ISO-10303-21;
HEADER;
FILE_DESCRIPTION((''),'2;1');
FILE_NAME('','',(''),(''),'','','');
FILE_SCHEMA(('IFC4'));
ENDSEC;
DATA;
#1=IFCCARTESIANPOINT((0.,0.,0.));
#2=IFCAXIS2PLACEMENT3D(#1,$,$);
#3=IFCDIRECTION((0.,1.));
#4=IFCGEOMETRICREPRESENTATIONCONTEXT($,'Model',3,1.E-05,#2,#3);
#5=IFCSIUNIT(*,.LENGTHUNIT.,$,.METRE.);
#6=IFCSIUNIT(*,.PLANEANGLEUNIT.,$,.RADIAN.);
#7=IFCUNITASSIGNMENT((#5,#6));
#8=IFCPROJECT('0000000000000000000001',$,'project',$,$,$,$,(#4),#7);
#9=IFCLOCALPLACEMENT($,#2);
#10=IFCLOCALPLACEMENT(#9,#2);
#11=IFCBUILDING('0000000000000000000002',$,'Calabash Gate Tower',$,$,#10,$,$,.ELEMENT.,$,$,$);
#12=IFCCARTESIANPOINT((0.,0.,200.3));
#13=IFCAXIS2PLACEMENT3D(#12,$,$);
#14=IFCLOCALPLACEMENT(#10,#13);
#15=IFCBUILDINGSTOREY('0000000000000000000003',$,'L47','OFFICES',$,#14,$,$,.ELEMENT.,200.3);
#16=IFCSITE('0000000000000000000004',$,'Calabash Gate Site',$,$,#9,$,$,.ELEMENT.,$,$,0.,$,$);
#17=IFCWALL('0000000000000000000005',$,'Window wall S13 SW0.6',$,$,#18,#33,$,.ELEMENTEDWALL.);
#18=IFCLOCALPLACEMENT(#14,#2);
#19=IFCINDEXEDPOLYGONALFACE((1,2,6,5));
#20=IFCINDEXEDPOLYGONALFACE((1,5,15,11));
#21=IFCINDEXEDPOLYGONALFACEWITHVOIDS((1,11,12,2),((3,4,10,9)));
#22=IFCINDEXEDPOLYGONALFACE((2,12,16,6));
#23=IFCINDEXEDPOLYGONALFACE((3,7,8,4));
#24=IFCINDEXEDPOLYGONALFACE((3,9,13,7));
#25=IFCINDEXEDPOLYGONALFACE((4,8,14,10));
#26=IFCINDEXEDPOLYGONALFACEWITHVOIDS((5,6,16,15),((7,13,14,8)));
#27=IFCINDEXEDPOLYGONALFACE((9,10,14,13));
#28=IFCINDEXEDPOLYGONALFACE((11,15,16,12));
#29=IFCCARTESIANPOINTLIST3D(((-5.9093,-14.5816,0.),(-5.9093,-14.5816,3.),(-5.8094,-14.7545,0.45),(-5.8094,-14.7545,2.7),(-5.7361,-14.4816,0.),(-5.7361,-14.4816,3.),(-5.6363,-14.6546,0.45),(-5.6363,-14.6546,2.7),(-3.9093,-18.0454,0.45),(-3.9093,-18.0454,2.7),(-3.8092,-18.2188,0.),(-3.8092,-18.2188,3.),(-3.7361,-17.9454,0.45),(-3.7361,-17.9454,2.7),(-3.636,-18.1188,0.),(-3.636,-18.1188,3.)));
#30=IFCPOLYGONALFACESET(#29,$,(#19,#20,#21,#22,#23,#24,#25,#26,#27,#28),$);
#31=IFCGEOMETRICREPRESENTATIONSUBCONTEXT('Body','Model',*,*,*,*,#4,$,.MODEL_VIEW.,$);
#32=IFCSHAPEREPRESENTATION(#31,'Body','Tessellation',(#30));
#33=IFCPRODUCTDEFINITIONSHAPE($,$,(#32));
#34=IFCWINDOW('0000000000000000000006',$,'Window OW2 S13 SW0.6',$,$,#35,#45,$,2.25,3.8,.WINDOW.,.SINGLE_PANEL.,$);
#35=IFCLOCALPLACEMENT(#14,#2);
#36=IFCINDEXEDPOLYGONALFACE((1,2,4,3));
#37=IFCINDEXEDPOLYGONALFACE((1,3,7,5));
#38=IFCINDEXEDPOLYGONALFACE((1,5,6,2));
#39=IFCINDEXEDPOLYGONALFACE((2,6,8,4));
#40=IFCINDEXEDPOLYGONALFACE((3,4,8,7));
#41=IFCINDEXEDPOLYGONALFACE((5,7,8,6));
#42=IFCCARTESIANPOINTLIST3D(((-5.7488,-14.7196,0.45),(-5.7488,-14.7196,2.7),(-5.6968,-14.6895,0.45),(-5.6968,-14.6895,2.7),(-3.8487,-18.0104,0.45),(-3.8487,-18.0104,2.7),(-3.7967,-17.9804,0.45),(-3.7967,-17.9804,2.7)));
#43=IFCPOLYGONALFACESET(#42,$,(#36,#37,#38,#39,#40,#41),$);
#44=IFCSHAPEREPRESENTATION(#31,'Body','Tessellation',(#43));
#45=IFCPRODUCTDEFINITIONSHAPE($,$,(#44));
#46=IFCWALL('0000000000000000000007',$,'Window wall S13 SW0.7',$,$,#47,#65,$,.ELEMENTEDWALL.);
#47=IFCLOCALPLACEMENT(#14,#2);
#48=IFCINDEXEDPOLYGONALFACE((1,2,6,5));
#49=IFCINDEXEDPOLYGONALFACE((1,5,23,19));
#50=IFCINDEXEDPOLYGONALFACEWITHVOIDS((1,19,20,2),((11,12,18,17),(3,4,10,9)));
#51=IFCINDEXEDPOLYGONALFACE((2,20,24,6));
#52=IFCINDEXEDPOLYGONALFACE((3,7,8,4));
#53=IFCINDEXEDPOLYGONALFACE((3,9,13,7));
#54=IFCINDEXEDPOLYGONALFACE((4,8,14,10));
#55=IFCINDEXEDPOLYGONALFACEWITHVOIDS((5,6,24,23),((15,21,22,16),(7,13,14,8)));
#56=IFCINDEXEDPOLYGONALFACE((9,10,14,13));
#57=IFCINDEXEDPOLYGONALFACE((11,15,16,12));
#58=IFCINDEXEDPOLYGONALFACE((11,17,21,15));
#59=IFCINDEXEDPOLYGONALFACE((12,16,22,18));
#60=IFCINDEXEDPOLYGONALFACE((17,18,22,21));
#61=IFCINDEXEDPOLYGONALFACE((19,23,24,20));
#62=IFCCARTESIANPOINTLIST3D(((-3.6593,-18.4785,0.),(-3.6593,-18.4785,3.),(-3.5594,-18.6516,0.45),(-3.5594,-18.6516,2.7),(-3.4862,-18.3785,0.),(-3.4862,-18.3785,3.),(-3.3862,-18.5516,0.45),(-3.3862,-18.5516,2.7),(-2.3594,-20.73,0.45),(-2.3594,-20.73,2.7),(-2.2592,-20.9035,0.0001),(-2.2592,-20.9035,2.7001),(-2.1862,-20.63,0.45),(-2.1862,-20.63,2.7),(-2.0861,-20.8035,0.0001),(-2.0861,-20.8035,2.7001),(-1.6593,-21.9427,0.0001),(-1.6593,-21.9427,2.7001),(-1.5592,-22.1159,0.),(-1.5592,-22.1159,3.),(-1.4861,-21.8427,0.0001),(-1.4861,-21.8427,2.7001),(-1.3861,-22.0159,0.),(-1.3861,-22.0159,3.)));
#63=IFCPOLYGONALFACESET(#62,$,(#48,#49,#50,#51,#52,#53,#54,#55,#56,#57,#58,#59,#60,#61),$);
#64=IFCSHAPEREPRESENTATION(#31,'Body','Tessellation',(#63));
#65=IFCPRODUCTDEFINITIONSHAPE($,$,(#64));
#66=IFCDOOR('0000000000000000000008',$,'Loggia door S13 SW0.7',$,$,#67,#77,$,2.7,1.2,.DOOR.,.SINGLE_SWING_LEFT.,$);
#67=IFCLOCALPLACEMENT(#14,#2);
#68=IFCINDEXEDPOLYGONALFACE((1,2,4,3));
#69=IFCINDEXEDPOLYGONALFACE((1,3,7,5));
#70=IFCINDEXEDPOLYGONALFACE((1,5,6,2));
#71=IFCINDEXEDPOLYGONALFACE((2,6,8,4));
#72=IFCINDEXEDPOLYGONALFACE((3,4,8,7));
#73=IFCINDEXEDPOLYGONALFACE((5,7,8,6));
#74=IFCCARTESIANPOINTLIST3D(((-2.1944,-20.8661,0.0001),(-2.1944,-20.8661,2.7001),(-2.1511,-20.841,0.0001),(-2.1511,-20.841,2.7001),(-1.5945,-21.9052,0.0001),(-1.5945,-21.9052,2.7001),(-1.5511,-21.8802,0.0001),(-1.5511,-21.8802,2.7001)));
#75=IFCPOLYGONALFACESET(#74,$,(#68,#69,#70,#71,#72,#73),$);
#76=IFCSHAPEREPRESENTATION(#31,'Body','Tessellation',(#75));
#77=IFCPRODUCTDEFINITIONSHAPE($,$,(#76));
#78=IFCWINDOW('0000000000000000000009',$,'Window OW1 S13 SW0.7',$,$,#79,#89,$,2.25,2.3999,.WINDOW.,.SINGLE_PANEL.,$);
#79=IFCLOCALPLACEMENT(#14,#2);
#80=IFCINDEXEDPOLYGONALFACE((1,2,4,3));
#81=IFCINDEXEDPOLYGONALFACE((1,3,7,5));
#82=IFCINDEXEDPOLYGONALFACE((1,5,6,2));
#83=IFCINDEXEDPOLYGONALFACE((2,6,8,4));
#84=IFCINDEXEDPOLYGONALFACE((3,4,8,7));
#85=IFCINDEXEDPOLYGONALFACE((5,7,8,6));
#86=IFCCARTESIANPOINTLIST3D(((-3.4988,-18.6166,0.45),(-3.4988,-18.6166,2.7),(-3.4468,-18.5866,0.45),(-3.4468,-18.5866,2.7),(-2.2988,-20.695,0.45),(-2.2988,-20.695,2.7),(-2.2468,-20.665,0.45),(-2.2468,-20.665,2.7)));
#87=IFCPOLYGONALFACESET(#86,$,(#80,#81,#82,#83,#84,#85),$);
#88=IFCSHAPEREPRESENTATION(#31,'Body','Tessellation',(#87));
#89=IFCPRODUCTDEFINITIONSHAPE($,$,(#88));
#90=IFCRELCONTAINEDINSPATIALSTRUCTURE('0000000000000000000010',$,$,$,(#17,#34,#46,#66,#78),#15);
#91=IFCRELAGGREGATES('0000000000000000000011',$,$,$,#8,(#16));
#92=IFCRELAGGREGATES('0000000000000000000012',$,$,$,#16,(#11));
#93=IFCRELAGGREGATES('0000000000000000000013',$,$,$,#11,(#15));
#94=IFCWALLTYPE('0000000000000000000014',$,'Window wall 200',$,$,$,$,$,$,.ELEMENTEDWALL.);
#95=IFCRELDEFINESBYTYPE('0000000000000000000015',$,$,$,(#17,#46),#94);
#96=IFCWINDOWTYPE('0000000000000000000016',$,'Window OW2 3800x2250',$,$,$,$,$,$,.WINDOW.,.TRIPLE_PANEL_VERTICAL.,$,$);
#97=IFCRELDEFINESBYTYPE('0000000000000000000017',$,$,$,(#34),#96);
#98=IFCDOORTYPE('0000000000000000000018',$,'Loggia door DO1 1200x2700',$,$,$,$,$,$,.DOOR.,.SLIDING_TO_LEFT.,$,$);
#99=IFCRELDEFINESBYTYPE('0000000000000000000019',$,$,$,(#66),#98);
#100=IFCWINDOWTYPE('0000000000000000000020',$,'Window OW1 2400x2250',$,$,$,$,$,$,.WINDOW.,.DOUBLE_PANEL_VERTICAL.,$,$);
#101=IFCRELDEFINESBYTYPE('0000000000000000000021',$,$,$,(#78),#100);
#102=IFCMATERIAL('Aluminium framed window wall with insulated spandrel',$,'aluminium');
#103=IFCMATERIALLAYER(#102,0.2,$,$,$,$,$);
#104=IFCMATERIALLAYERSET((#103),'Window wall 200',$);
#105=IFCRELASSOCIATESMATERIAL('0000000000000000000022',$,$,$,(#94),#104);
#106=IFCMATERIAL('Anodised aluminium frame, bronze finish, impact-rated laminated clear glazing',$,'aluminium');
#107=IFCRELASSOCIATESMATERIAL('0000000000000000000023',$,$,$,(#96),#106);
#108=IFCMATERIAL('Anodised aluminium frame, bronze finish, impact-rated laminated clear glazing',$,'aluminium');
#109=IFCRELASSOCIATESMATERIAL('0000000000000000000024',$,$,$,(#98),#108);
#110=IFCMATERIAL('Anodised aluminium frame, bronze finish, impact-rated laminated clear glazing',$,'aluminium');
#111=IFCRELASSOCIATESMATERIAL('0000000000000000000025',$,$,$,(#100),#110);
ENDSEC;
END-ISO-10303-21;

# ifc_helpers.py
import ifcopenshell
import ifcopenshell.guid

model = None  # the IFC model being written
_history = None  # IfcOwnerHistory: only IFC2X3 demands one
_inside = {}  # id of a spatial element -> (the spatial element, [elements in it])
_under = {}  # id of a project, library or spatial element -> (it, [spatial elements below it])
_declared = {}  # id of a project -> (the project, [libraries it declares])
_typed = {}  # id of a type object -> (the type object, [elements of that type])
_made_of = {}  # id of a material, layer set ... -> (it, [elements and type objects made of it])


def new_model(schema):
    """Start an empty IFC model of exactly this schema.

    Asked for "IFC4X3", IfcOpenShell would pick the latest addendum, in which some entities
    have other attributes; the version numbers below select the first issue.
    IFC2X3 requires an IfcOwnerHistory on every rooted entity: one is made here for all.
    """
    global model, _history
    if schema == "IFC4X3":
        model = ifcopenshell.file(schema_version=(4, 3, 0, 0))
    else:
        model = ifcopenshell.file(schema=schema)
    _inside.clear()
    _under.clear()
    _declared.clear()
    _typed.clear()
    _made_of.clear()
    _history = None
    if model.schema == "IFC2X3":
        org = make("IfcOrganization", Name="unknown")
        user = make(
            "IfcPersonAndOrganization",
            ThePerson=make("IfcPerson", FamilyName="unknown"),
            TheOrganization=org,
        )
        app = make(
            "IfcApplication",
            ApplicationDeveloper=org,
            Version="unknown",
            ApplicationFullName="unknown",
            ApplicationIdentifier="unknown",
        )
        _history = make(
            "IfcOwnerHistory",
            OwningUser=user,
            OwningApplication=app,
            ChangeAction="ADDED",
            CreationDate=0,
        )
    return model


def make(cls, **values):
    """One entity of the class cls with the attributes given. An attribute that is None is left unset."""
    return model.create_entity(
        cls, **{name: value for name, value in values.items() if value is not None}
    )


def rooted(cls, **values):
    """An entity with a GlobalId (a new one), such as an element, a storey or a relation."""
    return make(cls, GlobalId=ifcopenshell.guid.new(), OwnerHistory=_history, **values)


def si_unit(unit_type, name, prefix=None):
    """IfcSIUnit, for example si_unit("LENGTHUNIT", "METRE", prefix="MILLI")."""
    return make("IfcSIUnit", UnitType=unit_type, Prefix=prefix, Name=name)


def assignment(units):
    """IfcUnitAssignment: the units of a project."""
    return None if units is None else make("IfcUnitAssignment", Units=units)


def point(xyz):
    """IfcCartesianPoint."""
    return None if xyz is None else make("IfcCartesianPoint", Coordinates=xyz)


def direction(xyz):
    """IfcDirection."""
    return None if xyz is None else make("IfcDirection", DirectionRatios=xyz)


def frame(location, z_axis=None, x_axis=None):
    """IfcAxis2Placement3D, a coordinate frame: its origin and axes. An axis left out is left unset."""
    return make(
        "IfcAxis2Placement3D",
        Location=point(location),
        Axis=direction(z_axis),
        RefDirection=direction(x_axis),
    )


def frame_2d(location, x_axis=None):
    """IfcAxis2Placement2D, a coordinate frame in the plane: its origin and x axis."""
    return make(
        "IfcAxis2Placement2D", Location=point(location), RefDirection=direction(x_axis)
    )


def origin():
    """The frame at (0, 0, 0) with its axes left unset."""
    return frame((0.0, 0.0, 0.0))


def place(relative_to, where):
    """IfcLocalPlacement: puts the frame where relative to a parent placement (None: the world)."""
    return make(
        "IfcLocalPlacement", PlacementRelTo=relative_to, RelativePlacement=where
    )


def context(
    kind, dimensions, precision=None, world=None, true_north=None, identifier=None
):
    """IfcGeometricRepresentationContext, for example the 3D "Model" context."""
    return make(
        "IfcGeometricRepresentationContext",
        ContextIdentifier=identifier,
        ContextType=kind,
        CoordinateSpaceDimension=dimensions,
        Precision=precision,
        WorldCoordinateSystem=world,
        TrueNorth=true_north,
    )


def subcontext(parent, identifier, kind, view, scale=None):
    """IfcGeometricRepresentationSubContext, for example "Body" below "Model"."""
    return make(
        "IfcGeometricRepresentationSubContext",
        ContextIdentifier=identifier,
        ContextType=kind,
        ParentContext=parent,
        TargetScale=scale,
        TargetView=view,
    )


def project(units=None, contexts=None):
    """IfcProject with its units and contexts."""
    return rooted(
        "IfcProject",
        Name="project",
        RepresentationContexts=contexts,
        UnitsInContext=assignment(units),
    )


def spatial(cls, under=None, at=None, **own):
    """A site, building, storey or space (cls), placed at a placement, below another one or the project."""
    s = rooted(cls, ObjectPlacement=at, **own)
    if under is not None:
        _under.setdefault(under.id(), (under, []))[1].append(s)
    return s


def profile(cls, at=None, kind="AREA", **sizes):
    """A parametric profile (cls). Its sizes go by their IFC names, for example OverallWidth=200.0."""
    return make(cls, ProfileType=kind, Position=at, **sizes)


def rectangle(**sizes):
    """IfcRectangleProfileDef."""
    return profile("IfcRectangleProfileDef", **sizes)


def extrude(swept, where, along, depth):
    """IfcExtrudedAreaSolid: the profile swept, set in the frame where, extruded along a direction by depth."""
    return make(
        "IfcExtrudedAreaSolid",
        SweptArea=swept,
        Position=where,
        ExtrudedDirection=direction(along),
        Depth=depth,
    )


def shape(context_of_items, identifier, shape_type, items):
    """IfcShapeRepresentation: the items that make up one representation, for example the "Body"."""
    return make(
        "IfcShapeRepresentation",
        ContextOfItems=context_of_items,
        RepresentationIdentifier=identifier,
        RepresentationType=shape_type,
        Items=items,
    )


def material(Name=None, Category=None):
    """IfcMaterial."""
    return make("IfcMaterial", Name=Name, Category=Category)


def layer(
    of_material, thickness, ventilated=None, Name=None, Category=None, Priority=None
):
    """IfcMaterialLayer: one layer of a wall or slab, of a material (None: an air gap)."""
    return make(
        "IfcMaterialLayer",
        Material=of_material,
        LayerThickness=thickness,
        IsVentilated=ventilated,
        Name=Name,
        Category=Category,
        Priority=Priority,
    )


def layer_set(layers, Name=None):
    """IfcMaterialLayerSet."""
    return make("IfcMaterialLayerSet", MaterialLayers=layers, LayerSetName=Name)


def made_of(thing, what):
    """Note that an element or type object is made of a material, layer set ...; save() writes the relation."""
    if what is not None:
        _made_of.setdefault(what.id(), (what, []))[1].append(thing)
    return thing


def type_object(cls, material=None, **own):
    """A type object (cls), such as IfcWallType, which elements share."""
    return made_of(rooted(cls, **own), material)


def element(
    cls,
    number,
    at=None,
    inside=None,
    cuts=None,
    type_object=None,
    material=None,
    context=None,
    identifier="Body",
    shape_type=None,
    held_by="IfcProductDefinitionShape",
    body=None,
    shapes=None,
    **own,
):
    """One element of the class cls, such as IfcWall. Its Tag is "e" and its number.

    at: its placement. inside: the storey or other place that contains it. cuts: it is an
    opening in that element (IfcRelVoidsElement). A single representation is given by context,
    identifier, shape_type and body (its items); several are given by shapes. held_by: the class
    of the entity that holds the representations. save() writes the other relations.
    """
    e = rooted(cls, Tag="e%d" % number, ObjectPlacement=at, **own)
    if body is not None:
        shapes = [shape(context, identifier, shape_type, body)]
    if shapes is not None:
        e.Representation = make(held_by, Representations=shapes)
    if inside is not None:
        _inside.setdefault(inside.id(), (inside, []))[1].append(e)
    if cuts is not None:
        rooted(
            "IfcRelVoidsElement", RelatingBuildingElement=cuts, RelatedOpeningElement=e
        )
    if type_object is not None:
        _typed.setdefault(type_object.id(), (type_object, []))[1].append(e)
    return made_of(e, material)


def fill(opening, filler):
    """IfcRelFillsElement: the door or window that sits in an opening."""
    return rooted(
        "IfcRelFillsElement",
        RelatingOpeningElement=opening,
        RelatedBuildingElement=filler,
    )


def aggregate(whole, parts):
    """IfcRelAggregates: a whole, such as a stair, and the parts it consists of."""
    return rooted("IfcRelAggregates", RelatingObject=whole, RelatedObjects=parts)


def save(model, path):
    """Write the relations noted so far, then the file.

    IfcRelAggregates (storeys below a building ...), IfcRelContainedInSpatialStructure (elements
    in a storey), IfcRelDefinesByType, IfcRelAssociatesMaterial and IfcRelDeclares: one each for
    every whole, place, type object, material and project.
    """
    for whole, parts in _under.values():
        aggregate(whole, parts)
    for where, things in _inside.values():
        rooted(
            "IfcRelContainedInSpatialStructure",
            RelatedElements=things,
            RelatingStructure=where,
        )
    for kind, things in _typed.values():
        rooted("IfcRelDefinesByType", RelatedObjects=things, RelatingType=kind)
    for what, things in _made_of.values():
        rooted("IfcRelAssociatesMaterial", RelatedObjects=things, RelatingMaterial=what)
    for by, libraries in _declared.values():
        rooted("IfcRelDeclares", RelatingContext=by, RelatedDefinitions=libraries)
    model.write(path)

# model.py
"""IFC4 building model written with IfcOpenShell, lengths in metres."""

from ifc_helpers import new_model, si_unit, direction, frame, frame_2d, origin, place, context, subcontext, project, spatial, rectangle, extrude, material, layer, layer_set, type_object, element, fill, save


model = new_model("IFC4")

# Units and contexts
model_context = context("Model", 3, precision=1e-05, world=origin(), true_north=direction((0.0, 1.0)))
body_context = subcontext(model_context, "Body", "Model", "MODEL_VIEW")
ifc_project = project(units=[si_unit("LENGTHUNIT", "METRE"), si_unit("PLANEANGLEUNIT", "RADIAN")], contexts=[model_context])

# Site, building, storey
site_placement = place(None, origin())
site = spatial("IfcSite", under=ifc_project, at=site_placement, Name="Calabash Gate Site", CompositionType="ELEMENT", RefElevation=0.0)
building_placement = place(site_placement, origin())
building = spatial("IfcBuilding", under=site, at=building_placement, Name="Calabash Gate Tower", CompositionType="ELEMENT")
storey_placement = place(building_placement, frame((0.0, 0.0, 200.3)))
storey = spatial("IfcBuildingStorey", under=building, at=storey_placement, Name="L47", Description="OFFICES", CompositionType="ELEMENT", Elevation=200.3)

# Wall, opening, window
ifc_material_1 = material(Name="Aluminium framed window wall with insulated spandrel", Category="aluminium")
ifc_layer_1 = layer(ifc_material_1, 0.2)
ifc_layer_set_1 = layer_set([ifc_layer_1], Name="Window wall 200")
wall_type_1 = type_object("IfcWallType", Name="Window wall 200", PredefinedType="ELEMENTEDWALL", material=ifc_layer_set_1)
wall_1_placement = place(storey_placement, frame((-5.8228, -14.5315, 0.0), z_axis=(0.0, 0.0, 1.0), x_axis=(0.500028, -0.866009, 0.0)))
wall_1 = element("IfcWall", 1, at=wall_1_placement, inside=storey, type_object=wall_type_1, Name="Window wall S13 SW0.6", PredefinedType="ELEMENTEDWALL", context=body_context, shape_type="SweptSolid", body=[
    extrude(rectangle(XDim=4.2, YDim=0.2, at=frame_2d((2.1001, 0.0))), origin(), (0.0, 0.0, 1.0), 3.0),
])
opening_1_placement = place(wall_1_placement, frame((0.2, 0.0, 0.45)))
opening_1 = element("IfcOpeningElement", 2, at=opening_1_placement, cuts=wall_1, PredefinedType="OPENING", context=body_context, shape_type="SweptSolid", body=[
    extrude(rectangle(XDim=3.8, YDim=2.25, at=frame_2d((1.8999, 1.125))), frame((0.0, 0.1099, 0.0), z_axis=(0.0, -1.0, 0.0), x_axis=(1.0, 0.0, 0.0)), (0.0, 0.0, 1.0), 0.22),
])
ifc_material_2 = material(Name="Anodised aluminium frame, bronze finish, impact-rated laminated clear glazing", Category="aluminium")
window_type_1 = type_object("IfcWindowType", Name="Window OW2 3800x2250", PartitioningType="TRIPLE_PANEL_VERTICAL", PredefinedType="WINDOW", material=ifc_material_2)
window_1_placement = place(opening_1_placement, origin())
window_1 = element("IfcWindow", 3, at=window_1_placement, inside=storey, type_object=window_type_1, Name="Window OW2 S13 SW0.6", OverallHeight=2.25, OverallWidth=3.8, PartitioningType="SINGLE_PANEL", PredefinedType="WINDOW", context=body_context, shape_type="SweptSolid", body=[
    extrude(rectangle(XDim=3.8, YDim=2.25, at=frame_2d((1.8999, 1.125))), frame((0.0, 0.03, 0.0), z_axis=(0.0, -1.0, 0.0), x_axis=(1.0, 0.0, 0.0)), (0.0, 0.0, 1.0), 0.0601),
])
fill(opening_1, window_1)

# Wall, openings, door, window
wall_2_placement = place(storey_placement, frame((-3.5728, -18.4285, 0.0), z_axis=(0.0, 0.0, 1.0), x_axis=(0.500003, -0.866024, 0.0)))
wall_2 = element("IfcWall", 4, at=wall_2_placement, inside=storey, type_object=wall_type_1, Name="Window wall S13 SW0.7", PredefinedType="ELEMENTEDWALL", context=body_context, shape_type="SweptSolid", body=[
    extrude(rectangle(XDim=4.2002, YDim=0.2, at=frame_2d((2.1001, 0.0))), origin(), (0.0, 0.0, 1.0), 3.0),
])
opening_2_placement = place(wall_2_placement, frame((0.2, 0.0, 0.45)))
opening_2 = element("IfcOpeningElement", 5, at=opening_2_placement, cuts=wall_2, PredefinedType="OPENING", context=body_context, shape_type="SweptSolid", body=[
    extrude(rectangle(XDim=2.3999, YDim=2.25, at=frame_2d((1.2, 1.125))), frame((0.0, 0.1099, 0.0), z_axis=(0.0, -1.0, 0.0), x_axis=(1.0, 0.0, 0.0)), (0.0, 0.0, 1.0), 0.22),
])
opening_3_placement = place(wall_2_placement, frame((2.8, 0.0, 0.0)))
opening_3 = element("IfcOpeningElement", 6, at=opening_3_placement, cuts=wall_2, PredefinedType="OPENING", context=body_context, shape_type="SweptSolid", body=[
    extrude(rectangle(XDim=1.2, YDim=2.7, at=frame_2d((0.6001, 1.3501))), frame((0.0, 0.1099, 0.0), z_axis=(0.0, -1.0, 0.0), x_axis=(1.0, 0.0, 0.0)), (0.0, 0.0, 1.0), 0.22),
])
ifc_material_3 = material(Name="Anodised aluminium frame, bronze finish, impact-rated laminated clear glazing", Category="aluminium")
door_type = type_object("IfcDoorType", Name="Loggia door DO1 1200x2700", OperationType="SLIDING_TO_LEFT", PredefinedType="DOOR", material=ifc_material_3)
door_placement = place(opening_3_placement, origin())
door = element("IfcDoor", 7, at=door_placement, inside=storey, type_object=door_type, Name="Loggia door S13 SW0.7", OperationType="SINGLE_SWING_LEFT", OverallHeight=2.7, OverallWidth=1.2, PredefinedType="DOOR", context=body_context, shape_type="SweptSolid", body=[
    extrude(rectangle(XDim=1.2, YDim=2.7, at=frame_2d((0.6001, 1.3501))), frame((0.0, 0.0249, 0.0), z_axis=(0.0, -1.0, 0.0), x_axis=(1.0, 0.0, 0.0)), (0.0, 0.0, 1.0), 0.05),
])
fill(opening_3, door)
ifc_material_4 = material(Name="Anodised aluminium frame, bronze finish, impact-rated laminated clear glazing", Category="aluminium")
window_type_2 = type_object("IfcWindowType", Name="Window OW1 2400x2250", PartitioningType="DOUBLE_PANEL_VERTICAL", PredefinedType="WINDOW", material=ifc_material_4)
window_2_placement = place(opening_2_placement, origin())
window_2 = element("IfcWindow", 8, at=window_2_placement, inside=storey, type_object=window_type_2, Name="Window OW1 S13 SW0.7", OverallHeight=2.25, OverallWidth=2.3999, PartitioningType="SINGLE_PANEL", PredefinedType="WINDOW", context=body_context, shape_type="SweptSolid", body=[
    extrude(rectangle(XDim=2.3999, YDim=2.25, at=frame_2d((1.2, 1.125))), frame((0.0, 0.03, 0.0), z_axis=(0.0, -1.0, 0.0), x_axis=(1.0, 0.0, 0.0)), (0.0, 0.0, 1.0), 0.0601),
])
fill(opening_2, window_2)

save(model, "model.ifc")
